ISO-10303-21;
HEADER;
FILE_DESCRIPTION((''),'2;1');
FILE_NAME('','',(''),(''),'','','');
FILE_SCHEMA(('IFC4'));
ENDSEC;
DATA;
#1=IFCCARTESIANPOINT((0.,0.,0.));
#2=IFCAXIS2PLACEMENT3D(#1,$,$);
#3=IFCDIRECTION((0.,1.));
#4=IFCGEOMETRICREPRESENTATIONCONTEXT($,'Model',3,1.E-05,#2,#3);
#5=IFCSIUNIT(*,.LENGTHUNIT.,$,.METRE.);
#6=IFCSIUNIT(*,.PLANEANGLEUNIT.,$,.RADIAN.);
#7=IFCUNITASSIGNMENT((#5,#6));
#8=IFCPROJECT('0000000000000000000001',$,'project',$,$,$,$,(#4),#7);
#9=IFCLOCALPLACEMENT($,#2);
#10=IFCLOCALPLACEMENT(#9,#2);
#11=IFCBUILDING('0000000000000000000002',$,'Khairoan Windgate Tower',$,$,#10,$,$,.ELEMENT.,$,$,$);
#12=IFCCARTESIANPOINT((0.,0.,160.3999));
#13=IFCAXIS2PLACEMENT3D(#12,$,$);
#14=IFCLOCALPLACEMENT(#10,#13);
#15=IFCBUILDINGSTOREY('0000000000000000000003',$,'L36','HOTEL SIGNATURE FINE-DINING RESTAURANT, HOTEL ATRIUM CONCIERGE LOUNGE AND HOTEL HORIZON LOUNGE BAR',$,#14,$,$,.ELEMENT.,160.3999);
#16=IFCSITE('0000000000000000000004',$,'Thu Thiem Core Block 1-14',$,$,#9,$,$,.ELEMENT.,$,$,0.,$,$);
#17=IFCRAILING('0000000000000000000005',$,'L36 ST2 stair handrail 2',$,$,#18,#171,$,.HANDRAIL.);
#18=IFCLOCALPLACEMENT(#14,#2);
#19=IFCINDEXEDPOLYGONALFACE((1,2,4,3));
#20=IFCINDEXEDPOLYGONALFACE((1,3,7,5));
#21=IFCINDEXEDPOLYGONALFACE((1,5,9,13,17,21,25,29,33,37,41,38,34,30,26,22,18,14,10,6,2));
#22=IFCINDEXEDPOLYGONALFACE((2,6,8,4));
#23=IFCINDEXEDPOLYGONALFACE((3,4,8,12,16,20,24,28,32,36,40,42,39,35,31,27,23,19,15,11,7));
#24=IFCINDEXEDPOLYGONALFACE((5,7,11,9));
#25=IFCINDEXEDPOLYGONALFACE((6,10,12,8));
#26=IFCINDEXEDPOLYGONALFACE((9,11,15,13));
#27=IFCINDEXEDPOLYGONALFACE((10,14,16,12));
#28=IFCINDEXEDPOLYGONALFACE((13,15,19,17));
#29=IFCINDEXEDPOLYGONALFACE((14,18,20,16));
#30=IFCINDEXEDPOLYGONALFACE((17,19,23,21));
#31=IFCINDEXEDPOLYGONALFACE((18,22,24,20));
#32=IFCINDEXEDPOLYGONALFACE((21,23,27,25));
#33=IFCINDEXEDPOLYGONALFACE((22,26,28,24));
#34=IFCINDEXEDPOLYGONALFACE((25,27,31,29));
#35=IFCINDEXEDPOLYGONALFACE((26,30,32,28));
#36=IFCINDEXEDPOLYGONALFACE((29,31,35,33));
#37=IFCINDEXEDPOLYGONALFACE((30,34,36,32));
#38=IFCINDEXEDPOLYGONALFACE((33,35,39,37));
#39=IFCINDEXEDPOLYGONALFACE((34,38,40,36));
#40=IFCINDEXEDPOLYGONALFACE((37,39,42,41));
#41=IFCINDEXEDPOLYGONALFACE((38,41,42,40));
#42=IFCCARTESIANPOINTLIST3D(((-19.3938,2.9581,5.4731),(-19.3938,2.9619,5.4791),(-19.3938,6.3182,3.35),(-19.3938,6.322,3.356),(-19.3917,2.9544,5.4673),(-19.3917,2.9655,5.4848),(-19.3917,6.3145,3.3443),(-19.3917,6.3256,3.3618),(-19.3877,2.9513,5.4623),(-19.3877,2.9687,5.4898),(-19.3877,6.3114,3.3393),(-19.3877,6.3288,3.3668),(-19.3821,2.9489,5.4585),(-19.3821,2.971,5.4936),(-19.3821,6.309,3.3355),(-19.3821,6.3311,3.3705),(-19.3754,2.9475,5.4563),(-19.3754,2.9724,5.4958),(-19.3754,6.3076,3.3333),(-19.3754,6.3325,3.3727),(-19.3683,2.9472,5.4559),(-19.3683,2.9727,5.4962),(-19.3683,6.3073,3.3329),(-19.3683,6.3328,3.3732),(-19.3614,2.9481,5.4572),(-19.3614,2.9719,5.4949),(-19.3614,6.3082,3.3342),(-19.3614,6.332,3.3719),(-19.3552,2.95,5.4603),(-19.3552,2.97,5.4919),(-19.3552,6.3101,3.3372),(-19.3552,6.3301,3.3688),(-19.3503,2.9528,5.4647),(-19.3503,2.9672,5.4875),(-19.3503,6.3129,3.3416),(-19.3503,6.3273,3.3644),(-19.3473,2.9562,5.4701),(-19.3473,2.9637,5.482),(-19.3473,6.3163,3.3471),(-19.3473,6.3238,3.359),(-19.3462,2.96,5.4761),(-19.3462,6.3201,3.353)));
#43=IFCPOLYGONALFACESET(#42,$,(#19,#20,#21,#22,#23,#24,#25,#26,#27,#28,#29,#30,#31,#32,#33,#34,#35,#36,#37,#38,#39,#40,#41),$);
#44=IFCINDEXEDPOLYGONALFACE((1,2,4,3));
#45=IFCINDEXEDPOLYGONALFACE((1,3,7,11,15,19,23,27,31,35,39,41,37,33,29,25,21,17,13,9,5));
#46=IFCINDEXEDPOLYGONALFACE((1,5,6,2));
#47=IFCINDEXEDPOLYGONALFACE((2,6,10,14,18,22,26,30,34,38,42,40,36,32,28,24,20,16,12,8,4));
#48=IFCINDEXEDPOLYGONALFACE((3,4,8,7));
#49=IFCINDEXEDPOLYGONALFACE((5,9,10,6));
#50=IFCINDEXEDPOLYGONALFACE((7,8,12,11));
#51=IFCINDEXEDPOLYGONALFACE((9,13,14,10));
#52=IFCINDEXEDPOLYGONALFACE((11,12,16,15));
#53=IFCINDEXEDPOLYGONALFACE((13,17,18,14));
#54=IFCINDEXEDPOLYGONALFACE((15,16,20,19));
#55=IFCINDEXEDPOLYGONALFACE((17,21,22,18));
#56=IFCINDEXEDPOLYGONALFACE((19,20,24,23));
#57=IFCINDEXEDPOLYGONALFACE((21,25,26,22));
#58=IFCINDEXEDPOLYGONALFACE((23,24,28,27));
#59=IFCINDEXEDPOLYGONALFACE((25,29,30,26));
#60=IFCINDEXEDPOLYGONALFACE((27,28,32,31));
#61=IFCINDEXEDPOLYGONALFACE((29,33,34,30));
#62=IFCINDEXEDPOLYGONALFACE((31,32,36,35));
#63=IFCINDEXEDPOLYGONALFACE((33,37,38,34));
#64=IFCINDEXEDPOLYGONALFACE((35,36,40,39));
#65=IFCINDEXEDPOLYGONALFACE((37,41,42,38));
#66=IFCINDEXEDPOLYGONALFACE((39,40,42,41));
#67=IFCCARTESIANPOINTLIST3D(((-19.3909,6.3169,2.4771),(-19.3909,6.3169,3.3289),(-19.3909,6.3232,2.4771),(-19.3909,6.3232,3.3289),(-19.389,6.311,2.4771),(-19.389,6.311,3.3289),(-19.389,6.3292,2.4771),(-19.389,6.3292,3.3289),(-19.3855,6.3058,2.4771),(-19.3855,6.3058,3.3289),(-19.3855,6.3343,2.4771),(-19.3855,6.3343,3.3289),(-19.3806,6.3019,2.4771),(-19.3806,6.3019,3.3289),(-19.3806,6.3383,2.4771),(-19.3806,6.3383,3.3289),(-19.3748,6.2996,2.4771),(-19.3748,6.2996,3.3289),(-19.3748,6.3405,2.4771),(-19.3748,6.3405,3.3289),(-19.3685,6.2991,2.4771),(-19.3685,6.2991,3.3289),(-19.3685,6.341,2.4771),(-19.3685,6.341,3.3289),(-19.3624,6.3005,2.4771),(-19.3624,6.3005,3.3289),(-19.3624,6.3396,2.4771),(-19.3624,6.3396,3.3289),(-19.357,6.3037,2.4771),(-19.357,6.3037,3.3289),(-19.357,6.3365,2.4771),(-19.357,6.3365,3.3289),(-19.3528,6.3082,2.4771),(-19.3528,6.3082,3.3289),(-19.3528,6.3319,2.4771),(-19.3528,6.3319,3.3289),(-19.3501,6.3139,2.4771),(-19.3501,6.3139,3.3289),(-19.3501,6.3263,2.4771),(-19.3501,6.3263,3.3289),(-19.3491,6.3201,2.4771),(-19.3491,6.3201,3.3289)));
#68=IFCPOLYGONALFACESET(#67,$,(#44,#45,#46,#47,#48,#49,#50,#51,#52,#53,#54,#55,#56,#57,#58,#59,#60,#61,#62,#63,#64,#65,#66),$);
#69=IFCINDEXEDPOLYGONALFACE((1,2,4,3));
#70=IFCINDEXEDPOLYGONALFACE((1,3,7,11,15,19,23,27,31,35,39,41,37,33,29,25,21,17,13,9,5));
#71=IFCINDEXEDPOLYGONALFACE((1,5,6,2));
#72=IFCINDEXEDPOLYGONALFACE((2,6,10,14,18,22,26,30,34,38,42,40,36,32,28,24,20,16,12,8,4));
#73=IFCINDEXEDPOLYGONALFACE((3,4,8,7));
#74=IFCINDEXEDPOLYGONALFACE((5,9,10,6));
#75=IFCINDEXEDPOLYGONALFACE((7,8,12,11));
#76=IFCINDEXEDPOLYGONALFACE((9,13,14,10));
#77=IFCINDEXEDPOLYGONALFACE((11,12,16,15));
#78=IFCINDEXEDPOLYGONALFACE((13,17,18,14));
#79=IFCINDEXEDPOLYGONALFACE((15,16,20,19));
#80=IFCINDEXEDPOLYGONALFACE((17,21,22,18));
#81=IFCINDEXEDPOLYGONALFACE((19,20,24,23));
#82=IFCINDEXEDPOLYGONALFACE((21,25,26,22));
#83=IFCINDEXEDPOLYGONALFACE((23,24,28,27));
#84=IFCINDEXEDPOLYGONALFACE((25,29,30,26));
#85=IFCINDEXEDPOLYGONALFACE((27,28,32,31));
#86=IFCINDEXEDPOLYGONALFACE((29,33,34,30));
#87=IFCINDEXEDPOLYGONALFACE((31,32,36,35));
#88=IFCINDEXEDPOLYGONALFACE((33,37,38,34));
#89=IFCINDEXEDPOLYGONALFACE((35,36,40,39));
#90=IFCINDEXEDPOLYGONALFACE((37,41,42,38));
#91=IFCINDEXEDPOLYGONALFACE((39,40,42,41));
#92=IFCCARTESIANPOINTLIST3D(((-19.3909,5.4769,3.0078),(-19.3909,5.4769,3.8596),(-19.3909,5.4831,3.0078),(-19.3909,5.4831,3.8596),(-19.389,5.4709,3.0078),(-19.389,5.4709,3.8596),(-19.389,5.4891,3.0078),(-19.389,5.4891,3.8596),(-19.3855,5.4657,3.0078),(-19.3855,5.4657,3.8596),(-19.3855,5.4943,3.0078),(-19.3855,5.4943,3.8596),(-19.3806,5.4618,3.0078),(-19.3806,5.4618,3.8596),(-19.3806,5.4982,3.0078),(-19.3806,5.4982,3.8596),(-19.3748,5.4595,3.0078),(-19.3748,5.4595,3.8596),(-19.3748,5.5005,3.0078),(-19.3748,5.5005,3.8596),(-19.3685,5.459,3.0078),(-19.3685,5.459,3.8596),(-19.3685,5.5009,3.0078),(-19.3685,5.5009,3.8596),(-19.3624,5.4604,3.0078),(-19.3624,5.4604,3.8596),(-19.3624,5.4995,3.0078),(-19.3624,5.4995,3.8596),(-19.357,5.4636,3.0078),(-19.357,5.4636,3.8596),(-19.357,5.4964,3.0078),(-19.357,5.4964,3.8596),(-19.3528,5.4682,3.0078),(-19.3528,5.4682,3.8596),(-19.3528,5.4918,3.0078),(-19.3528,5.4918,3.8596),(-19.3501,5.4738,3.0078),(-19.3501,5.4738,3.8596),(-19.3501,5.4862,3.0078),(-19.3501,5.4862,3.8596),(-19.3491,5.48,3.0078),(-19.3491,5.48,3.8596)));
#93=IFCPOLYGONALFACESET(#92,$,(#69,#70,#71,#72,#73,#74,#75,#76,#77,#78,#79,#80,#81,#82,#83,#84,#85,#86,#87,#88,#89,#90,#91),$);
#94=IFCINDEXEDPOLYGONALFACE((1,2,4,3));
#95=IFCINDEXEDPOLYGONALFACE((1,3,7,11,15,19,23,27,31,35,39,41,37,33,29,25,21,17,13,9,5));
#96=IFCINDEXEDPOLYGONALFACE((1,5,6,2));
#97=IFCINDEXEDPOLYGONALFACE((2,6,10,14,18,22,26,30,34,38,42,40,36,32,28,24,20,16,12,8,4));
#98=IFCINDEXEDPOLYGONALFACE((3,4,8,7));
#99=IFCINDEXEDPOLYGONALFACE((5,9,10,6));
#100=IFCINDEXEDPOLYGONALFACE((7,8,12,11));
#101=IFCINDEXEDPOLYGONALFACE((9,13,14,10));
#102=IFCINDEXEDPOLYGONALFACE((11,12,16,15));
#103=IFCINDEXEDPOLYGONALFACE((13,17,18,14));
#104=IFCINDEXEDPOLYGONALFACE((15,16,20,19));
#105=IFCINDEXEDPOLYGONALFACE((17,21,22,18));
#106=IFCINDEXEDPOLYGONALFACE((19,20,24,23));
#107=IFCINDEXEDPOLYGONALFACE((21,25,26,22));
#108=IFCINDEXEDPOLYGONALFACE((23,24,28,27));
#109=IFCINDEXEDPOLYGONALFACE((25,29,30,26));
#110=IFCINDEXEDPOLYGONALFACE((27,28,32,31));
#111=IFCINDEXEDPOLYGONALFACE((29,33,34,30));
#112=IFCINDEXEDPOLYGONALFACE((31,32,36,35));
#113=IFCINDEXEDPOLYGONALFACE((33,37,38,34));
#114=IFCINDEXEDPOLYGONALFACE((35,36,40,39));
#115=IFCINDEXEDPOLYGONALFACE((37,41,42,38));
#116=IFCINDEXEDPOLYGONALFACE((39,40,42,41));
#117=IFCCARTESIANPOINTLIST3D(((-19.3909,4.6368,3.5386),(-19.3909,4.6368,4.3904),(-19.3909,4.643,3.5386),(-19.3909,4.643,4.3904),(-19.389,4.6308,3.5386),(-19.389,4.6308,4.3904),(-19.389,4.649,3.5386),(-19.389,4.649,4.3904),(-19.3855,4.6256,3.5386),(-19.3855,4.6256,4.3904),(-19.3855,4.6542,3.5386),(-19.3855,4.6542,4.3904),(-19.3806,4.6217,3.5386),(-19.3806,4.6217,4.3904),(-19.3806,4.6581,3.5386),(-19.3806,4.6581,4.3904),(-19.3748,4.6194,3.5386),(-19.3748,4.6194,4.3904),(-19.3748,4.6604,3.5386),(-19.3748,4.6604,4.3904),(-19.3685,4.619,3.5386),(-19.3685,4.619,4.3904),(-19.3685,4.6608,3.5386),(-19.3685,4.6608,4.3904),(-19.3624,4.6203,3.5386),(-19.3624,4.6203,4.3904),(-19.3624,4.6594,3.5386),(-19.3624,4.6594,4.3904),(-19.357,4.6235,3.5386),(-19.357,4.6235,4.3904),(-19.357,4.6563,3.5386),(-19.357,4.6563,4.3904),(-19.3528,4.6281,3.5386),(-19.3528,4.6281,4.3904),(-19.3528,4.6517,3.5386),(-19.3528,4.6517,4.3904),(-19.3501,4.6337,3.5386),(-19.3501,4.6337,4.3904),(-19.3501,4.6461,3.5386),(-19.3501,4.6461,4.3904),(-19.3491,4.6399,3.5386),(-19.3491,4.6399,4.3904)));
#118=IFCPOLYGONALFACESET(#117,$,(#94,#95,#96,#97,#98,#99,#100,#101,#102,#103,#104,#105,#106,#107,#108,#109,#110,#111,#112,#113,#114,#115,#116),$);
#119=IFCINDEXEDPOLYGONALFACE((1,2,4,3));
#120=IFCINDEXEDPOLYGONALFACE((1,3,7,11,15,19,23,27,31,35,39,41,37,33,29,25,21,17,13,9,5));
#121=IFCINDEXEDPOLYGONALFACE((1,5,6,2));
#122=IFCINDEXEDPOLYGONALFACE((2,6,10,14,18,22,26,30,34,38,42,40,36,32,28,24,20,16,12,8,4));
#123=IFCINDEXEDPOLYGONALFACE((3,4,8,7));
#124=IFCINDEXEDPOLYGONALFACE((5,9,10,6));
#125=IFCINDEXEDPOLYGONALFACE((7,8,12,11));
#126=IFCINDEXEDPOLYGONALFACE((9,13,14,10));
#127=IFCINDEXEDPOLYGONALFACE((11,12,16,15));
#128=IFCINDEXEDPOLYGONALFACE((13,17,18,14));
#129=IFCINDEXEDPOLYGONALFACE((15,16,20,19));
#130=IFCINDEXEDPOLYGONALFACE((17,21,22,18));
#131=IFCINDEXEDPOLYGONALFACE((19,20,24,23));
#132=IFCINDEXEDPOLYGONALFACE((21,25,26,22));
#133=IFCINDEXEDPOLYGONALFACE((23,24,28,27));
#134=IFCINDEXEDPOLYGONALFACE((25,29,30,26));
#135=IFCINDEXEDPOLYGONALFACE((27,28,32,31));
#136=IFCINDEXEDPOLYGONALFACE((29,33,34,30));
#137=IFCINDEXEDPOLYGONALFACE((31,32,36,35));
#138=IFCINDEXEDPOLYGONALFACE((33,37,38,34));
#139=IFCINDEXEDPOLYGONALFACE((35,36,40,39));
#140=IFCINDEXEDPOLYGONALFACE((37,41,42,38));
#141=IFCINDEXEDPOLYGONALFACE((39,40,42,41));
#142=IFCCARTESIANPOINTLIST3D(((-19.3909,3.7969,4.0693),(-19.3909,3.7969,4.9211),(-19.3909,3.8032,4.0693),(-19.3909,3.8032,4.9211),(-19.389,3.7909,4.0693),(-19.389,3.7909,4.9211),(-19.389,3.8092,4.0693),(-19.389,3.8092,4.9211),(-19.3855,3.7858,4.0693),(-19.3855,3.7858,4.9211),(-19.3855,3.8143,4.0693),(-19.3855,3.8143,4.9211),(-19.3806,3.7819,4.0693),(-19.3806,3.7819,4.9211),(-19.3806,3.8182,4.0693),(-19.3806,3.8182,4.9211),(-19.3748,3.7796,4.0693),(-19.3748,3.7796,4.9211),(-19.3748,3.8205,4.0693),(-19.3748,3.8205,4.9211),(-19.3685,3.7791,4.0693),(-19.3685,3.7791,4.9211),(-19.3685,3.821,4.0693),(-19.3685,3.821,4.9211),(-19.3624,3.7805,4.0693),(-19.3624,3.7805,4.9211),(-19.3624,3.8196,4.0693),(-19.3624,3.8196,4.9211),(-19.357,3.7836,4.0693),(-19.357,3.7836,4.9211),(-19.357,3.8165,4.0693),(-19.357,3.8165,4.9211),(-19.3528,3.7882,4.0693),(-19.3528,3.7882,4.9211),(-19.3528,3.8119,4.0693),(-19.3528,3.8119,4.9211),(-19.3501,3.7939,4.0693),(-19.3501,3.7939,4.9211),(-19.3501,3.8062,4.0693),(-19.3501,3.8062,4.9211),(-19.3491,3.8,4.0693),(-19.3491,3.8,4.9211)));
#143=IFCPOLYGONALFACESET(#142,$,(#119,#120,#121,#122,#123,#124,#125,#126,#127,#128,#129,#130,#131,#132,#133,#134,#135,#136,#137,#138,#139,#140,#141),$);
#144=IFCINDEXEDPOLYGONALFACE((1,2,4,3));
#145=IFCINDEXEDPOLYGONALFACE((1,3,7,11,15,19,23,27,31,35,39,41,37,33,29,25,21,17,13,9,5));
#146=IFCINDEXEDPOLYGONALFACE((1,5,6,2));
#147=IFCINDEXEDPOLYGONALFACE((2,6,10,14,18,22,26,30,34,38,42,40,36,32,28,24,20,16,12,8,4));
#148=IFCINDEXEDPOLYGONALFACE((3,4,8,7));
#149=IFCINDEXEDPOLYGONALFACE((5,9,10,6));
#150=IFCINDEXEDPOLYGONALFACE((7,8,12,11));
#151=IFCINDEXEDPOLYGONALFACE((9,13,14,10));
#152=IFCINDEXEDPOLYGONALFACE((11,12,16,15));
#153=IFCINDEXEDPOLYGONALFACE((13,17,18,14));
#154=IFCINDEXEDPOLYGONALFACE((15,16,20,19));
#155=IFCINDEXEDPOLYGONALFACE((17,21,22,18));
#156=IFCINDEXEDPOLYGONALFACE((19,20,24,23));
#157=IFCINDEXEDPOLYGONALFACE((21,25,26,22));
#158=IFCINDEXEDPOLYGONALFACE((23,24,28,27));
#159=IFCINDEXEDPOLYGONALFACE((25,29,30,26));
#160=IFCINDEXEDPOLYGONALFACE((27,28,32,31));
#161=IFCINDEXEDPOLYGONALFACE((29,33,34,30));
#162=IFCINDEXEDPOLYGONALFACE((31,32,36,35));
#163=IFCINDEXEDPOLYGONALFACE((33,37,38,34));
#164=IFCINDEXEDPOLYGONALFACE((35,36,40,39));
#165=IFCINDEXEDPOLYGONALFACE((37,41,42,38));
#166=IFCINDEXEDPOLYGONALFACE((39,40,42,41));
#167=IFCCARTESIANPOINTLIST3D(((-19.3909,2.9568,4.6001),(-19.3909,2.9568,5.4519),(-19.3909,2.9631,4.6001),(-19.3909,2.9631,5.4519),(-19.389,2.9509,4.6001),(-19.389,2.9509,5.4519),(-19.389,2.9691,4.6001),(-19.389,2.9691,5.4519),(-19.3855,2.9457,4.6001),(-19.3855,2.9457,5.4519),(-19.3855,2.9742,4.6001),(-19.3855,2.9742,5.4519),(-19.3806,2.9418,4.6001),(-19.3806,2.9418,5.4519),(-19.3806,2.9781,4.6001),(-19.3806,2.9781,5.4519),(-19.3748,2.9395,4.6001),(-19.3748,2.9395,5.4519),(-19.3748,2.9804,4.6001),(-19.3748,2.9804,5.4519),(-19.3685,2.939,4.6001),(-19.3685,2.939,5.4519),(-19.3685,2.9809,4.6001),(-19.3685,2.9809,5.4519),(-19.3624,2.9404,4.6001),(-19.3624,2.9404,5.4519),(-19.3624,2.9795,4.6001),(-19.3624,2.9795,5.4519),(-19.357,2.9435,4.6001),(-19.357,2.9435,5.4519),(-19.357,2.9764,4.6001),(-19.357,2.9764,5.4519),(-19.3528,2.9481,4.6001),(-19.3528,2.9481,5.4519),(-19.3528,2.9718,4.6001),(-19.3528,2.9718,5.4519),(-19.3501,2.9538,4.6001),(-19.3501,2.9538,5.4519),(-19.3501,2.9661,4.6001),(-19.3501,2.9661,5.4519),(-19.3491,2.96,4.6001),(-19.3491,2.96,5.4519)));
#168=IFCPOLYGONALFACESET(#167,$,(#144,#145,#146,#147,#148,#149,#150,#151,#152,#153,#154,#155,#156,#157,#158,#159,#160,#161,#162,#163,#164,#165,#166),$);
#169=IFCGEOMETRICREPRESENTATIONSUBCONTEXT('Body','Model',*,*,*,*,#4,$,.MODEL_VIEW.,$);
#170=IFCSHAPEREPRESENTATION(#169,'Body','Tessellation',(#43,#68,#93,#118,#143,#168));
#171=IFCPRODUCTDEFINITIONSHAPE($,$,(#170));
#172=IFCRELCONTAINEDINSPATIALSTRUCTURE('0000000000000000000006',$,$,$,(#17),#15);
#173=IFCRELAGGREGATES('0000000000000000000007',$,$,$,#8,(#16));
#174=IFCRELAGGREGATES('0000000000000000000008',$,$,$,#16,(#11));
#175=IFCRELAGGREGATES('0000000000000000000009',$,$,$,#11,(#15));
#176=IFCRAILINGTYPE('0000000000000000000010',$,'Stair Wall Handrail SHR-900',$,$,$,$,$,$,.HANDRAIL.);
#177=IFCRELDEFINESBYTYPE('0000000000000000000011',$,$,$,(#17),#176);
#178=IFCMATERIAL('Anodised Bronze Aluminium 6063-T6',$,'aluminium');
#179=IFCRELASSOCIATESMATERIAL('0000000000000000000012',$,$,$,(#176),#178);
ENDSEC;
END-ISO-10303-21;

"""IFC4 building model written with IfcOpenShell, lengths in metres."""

from ifc_helpers import new_model, si_unit, direction, frame, origin, origin_2d, place, context, subcontext, project, spatial, circle, extrude, material, type_object, element, save


model = new_model("IFC4")

# Units and contexts
model_context = context("Model", 3, precision=1e-05, world=origin(), true_north=direction((0.0, 1.0)))
body_context = subcontext(model_context, "Body", "Model", "MODEL_VIEW")
ifc_project = project(units=[si_unit("LENGTHUNIT", "METRE"), si_unit("PLANEANGLEUNIT", "RADIAN")], contexts=[model_context])

# Site, building, storey
site_placement = place(None, origin())
site = spatial("IfcSite", under=ifc_project, at=site_placement, Name="Thu Thiem Core Block 1-14", CompositionType="ELEMENT", RefElevation=0.0)
building_placement = place(site_placement, origin())
building = spatial("IfcBuilding", under=site, at=building_placement, Name="Khairoan Windgate Tower", CompositionType="ELEMENT")
storey_placement = place(building_placement, frame((0.0, 0.0, 160.3999)))
storey = spatial("IfcBuildingStorey", under=building, at=storey_placement, Name="L36", Description="HOTEL SIGNATURE FINE-DINING RESTAURANT, HOTEL ATRIUM CONCIERGE LOUNGE AND HOTEL HORIZON LOUNGE BAR", CompositionType="ELEMENT", Elevation=160.3999)

# Railing
ifc_material_1 = material(Name="Anodised Bronze Aluminium 6063-T6", Category="aluminium")
railing_type_1 = type_object("IfcRailingType", Name="Stair Wall Handrail SHR-900", PredefinedType="HANDRAIL", material=ifc_material_1)
railing_1_placement = place(storey_placement, frame((-19.3701, 6.3201, 2.4771)))
element("IfcRailing", 1, at=railing_1_placement, inside=storey, type_object=railing_type_1, Name="L36 ST2 stair handrail 2", PredefinedType="HANDRAIL", context=body_context, shape_type="SweptSolid", body=[
    extrude(circle(Radius=0.0239, at=origin_2d()), frame((0.0, 0.0, 0.876), z_axis=(0.0, -0.84539, 0.53415), x_axis=(1.0, 0.0, 0.0)), (0.0, 0.0, 1.0), 3.9746),
    extrude(circle(Radius=0.021, at=origin_2d()), origin(), (0.0, 0.0, 1.0), 0.8518),
    extrude(circle(Radius=0.021, at=origin_2d()), frame((0.0, -0.8401, 0.5308)), (0.0, 0.0, 1.0), 0.8518),
    extrude(circle(Radius=0.021, at=origin_2d()), frame((0.0, -1.6802, 1.0615)), (0.0, 0.0, 1.0), 0.8518),
    extrude(circle(Radius=0.021, at=origin_2d()), frame((0.0, -2.52, 1.5923)), (0.0, 0.0, 1.0), 0.8518),
    extrude(circle(Radius=0.021, at=origin_2d()), frame((0.0, -3.3601, 2.123)), (0.0, 0.0, 1.0), 0.8518),
])

save(model, "model.ifc")
